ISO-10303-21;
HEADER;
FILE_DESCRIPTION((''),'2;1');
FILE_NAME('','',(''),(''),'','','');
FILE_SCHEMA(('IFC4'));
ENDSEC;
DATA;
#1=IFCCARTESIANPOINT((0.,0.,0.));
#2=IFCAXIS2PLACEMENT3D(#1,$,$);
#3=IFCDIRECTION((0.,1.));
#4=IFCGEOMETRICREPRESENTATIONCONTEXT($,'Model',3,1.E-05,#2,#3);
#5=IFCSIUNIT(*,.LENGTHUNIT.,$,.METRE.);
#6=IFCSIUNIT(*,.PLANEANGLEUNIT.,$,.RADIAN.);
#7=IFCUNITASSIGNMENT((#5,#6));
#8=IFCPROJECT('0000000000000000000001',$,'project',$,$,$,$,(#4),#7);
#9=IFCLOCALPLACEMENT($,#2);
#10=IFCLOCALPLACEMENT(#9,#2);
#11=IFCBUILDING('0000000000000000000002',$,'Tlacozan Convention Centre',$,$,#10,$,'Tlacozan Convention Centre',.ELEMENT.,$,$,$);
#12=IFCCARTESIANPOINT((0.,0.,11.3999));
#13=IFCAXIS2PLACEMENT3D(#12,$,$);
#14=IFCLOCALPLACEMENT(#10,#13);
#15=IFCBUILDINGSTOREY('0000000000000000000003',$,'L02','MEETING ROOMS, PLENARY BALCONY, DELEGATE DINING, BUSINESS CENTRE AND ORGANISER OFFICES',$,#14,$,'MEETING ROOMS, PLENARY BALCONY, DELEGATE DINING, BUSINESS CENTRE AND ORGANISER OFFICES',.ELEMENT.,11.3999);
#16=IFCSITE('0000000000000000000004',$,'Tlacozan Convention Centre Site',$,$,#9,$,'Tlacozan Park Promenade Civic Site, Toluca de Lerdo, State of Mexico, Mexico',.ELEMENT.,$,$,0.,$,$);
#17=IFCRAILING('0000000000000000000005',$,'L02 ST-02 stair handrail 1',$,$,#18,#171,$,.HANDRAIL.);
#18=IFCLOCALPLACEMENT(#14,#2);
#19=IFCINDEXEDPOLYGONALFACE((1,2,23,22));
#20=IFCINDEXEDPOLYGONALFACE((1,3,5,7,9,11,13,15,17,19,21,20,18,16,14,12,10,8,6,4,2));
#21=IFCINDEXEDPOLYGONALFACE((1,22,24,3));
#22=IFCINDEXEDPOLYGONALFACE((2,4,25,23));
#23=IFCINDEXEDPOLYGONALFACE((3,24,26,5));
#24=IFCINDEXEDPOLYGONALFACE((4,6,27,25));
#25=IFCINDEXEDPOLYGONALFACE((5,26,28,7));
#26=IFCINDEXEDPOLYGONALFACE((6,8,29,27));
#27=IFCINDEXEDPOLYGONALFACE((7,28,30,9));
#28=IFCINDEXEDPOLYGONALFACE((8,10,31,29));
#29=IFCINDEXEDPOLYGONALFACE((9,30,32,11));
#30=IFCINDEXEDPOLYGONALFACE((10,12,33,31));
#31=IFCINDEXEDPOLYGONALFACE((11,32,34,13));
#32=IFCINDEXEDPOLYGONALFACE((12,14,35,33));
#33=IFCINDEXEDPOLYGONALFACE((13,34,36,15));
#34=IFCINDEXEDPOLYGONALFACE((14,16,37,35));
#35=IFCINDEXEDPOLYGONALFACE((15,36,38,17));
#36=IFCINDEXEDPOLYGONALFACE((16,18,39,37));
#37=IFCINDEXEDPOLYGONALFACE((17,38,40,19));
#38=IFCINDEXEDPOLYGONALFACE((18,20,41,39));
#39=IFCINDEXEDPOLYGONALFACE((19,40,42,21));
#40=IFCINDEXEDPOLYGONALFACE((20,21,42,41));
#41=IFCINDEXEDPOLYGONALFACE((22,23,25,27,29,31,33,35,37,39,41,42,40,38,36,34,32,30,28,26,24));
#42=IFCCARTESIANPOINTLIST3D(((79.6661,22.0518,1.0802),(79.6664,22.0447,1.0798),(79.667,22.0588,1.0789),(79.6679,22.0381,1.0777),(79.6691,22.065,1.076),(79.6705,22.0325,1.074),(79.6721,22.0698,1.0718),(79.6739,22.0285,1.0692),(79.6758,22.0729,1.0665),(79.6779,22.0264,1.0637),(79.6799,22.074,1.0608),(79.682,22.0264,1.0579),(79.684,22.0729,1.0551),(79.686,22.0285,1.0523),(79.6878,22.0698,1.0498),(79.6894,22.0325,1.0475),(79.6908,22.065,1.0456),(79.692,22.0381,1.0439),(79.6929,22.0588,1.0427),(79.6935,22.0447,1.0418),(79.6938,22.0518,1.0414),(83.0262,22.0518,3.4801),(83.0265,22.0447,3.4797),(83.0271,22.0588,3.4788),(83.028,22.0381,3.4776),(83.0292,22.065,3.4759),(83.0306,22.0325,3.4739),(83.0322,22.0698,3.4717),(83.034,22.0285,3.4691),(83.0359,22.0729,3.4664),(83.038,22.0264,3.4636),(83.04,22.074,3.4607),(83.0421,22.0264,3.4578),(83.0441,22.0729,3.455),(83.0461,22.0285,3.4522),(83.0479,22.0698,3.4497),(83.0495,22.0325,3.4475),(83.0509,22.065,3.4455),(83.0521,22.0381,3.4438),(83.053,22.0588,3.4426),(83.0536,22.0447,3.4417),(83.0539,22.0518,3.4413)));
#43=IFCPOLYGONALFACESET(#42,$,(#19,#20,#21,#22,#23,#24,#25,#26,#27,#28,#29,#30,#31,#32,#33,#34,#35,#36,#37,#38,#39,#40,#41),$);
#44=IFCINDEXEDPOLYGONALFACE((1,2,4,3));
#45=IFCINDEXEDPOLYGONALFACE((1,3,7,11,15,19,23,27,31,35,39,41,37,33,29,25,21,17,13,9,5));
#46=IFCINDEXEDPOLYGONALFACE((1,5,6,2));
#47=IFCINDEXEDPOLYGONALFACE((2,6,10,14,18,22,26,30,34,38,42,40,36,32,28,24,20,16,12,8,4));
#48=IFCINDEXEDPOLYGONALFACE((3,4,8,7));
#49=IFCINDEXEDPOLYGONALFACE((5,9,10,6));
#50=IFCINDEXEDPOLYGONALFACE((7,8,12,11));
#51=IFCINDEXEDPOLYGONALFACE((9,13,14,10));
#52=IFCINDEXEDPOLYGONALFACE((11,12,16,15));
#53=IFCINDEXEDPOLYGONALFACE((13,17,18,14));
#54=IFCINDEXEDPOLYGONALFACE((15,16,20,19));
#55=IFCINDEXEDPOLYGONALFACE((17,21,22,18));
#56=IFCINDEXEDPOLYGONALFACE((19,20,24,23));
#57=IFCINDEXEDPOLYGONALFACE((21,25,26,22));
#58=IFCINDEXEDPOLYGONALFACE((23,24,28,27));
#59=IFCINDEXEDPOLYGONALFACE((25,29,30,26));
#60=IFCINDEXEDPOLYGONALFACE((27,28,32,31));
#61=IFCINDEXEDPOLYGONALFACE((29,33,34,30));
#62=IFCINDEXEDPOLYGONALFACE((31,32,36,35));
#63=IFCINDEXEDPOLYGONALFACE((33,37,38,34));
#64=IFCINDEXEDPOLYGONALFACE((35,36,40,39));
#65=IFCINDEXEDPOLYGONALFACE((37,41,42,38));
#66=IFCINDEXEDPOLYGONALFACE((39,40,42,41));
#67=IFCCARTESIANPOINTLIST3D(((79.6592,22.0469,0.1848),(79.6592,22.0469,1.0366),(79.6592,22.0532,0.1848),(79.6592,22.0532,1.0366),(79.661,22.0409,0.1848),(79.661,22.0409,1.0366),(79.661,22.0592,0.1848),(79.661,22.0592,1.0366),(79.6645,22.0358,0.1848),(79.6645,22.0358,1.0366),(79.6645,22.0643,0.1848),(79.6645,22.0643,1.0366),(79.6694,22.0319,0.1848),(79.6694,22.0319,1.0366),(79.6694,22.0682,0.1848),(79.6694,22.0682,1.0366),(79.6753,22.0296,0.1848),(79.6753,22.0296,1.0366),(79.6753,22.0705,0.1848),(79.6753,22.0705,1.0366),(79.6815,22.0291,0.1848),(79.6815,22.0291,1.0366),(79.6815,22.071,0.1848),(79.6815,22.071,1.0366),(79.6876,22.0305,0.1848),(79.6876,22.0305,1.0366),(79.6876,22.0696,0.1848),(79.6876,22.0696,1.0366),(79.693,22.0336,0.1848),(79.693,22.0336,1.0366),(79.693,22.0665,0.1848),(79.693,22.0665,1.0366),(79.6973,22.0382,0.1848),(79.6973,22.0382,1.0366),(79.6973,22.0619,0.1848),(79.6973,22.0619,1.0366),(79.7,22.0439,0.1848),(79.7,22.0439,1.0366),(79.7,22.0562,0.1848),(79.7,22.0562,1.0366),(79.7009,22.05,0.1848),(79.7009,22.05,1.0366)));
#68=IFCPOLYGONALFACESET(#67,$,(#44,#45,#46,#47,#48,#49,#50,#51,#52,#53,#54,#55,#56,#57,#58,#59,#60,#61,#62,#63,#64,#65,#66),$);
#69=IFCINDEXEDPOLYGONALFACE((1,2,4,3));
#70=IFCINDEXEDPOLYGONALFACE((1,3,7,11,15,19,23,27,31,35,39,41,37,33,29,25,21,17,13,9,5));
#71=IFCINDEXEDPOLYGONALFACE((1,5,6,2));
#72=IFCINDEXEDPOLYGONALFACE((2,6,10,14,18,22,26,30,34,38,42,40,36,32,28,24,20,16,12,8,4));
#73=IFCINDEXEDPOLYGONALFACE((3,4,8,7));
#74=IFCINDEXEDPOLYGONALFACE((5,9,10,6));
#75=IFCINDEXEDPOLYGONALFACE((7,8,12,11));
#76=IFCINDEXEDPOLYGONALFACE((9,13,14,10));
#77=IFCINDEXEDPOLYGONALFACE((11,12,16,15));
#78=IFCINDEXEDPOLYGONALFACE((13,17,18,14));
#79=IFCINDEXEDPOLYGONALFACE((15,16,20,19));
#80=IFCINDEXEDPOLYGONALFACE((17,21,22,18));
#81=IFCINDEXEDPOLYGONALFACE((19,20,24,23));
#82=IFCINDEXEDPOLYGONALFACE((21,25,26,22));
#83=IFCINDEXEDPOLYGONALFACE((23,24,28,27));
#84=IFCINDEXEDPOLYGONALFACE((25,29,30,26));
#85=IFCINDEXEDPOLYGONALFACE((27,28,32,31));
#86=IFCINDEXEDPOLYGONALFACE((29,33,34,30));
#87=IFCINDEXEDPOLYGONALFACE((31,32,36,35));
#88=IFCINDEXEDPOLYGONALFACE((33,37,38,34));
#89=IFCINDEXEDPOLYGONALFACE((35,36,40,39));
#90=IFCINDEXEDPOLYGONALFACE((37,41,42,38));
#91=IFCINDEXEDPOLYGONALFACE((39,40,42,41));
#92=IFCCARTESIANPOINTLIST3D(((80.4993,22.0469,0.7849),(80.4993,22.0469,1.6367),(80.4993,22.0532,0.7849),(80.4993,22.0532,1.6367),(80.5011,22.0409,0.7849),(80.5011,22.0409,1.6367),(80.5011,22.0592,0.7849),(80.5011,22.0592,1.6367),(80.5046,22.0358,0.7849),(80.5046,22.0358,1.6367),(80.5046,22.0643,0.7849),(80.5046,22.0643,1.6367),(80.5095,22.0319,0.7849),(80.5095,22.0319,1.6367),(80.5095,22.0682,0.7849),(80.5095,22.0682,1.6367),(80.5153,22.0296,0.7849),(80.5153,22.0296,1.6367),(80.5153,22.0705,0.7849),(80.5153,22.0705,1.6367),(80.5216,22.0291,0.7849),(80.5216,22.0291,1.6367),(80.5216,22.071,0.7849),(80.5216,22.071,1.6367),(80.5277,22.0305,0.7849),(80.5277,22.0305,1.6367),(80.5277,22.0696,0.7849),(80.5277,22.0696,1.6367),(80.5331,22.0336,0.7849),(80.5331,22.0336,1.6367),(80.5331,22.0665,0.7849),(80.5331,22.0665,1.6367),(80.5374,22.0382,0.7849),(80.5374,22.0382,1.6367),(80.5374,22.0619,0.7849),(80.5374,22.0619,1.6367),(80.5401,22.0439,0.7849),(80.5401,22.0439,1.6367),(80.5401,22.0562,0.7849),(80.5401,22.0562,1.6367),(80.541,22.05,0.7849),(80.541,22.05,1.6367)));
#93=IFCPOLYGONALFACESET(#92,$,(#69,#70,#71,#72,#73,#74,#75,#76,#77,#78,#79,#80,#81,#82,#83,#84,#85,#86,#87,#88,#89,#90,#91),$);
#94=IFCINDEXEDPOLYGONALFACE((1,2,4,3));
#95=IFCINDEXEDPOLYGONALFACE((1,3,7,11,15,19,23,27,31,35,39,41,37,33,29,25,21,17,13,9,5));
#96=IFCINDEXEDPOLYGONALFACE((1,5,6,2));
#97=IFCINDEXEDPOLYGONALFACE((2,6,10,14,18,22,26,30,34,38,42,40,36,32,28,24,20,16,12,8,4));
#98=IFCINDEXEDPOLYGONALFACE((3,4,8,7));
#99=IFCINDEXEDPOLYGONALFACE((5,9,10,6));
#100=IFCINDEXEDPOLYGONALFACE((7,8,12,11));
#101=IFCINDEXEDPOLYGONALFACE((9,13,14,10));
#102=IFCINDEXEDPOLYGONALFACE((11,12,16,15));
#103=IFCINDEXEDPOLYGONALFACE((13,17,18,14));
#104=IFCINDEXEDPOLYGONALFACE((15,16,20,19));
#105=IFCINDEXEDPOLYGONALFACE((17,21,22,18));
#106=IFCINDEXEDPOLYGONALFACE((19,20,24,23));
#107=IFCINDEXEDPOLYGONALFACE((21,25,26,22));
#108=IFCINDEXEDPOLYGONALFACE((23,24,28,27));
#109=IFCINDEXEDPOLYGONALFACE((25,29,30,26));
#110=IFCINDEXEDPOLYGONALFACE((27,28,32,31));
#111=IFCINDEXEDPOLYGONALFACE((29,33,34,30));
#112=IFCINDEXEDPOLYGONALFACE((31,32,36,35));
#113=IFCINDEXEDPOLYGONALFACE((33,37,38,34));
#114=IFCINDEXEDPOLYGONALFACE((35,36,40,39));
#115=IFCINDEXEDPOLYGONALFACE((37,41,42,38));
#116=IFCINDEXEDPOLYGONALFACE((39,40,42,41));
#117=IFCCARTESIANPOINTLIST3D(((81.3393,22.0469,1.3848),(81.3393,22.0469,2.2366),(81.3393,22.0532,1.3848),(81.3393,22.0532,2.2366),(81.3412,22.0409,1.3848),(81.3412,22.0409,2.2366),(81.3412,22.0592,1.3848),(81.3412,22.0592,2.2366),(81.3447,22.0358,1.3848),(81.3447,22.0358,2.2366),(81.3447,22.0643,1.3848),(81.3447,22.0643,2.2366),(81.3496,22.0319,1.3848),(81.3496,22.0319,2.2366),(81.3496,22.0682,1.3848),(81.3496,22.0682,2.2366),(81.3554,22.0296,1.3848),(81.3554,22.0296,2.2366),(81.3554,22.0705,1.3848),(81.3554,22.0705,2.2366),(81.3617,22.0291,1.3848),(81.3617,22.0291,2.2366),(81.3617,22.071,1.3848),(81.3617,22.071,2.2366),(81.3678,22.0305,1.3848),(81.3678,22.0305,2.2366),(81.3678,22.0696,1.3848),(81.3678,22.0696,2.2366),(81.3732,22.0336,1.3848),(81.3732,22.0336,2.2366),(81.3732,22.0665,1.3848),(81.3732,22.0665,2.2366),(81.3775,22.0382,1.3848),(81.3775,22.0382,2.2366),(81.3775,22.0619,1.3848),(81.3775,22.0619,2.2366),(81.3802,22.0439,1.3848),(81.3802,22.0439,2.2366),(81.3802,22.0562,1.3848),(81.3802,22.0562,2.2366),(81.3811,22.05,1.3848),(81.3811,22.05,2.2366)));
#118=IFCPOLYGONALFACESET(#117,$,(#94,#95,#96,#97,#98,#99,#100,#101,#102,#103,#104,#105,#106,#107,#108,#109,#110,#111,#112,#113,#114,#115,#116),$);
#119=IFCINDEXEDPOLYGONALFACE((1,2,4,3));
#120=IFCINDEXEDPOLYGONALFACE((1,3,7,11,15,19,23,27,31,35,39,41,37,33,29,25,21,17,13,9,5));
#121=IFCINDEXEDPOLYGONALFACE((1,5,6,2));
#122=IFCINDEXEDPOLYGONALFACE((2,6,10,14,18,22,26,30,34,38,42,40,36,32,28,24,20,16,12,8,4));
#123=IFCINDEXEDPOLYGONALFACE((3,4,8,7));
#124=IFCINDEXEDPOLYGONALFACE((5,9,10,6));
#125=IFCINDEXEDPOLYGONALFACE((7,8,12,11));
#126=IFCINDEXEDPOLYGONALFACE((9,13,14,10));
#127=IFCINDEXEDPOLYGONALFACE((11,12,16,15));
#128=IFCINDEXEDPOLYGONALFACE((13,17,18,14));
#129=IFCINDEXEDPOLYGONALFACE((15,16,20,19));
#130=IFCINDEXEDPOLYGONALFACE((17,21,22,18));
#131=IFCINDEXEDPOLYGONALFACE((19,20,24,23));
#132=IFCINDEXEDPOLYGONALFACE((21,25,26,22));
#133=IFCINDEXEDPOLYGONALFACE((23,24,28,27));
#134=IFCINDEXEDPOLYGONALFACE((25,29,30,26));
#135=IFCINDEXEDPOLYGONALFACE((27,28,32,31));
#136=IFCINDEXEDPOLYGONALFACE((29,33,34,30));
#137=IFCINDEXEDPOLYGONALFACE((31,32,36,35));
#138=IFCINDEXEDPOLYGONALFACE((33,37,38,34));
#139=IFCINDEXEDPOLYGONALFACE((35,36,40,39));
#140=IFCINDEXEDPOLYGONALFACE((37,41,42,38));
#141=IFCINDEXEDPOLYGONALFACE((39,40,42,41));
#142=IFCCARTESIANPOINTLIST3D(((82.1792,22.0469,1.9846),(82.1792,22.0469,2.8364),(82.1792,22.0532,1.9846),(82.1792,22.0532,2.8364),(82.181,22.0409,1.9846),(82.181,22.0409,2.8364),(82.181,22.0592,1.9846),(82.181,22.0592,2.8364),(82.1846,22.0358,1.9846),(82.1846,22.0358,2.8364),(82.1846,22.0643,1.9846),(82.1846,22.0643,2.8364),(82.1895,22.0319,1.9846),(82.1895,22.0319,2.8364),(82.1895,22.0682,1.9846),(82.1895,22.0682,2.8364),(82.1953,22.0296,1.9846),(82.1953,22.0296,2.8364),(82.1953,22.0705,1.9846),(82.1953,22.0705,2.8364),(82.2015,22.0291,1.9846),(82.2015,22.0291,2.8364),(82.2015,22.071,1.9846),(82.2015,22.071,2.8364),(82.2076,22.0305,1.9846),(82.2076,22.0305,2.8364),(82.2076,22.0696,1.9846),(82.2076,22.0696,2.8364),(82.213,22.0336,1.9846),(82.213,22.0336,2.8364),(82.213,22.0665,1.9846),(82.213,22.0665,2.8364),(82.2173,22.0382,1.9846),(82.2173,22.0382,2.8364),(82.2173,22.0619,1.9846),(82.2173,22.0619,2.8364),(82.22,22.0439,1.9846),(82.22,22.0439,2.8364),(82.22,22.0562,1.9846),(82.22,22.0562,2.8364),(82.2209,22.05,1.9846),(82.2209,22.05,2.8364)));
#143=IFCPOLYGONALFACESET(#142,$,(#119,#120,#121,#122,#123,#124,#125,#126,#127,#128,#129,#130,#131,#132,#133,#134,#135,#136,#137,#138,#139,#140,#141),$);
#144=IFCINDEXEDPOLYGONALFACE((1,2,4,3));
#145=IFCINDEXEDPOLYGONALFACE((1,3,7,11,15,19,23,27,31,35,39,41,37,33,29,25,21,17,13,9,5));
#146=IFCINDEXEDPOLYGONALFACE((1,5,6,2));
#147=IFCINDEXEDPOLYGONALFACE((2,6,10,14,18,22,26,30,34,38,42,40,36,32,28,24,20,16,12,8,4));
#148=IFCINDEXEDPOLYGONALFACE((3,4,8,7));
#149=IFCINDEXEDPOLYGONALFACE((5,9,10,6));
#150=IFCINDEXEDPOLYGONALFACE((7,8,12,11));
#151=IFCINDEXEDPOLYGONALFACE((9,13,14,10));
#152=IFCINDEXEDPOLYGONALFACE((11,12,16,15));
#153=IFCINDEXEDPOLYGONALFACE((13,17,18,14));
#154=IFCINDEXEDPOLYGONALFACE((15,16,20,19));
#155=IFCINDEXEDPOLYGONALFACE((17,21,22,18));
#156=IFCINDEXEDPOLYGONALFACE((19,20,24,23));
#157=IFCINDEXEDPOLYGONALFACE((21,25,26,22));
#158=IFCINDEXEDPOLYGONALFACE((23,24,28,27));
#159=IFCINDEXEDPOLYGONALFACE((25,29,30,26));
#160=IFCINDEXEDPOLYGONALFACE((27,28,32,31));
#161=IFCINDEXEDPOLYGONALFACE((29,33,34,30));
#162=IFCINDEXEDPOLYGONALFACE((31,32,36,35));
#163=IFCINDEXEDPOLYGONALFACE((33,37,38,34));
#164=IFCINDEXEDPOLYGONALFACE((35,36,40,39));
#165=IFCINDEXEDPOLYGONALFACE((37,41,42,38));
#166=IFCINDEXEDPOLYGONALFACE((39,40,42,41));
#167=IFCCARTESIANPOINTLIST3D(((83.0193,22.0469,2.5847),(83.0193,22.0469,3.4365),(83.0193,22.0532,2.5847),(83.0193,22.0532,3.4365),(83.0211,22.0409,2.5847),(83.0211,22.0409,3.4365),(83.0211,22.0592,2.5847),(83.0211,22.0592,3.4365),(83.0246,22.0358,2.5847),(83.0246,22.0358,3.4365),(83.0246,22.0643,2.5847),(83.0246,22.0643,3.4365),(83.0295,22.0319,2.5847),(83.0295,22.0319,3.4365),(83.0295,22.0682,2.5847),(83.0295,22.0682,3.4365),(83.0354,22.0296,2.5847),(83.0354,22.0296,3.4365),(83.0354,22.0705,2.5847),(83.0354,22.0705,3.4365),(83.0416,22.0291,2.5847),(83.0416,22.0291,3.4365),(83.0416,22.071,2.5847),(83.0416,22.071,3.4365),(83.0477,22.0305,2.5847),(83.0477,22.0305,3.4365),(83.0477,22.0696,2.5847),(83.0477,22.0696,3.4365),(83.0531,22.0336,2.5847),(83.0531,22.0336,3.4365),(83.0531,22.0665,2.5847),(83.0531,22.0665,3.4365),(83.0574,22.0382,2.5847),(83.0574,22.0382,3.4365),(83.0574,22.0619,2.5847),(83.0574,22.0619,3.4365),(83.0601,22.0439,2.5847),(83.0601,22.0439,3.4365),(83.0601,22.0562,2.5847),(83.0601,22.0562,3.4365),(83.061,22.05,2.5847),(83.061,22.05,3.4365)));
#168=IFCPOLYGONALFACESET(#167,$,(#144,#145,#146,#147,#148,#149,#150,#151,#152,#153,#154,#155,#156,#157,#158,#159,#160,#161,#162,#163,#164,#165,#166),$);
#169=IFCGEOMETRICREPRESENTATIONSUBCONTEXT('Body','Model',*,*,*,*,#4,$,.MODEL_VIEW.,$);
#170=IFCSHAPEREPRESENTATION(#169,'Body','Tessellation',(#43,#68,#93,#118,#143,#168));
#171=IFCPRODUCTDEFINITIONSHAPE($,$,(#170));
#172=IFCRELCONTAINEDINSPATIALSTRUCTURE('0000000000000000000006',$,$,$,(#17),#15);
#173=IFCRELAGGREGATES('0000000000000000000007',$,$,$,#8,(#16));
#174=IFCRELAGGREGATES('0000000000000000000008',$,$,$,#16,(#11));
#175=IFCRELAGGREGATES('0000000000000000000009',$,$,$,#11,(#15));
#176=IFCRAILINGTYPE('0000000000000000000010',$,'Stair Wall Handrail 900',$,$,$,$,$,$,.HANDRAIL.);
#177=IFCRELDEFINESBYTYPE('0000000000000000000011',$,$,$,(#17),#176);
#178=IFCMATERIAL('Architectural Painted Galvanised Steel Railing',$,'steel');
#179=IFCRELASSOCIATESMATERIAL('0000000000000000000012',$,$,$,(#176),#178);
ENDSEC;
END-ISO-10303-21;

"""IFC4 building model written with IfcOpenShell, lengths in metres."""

from ifc_helpers import new_model, si_unit, direction, frame, origin, origin_2d, place, context, subcontext, project, spatial, circle, extrude, material, type_object, element, save


model = new_model("IFC4")

# Units and contexts
model_context = context("Model", 3, precision=1e-05, world=origin(), true_north=direction((0.0, 1.0)))
body_context = subcontext(model_context, "Body", "Model", "MODEL_VIEW")
ifc_project = project(units=[si_unit("LENGTHUNIT", "METRE"), si_unit("PLANEANGLEUNIT", "RADIAN")], contexts=[model_context])

# Site, building, storey
site_placement = place(None, origin())
site = spatial("IfcSite", under=ifc_project, at=site_placement, Name="Tlacozan Convention Centre Site", LongName="Tlacozan Park Promenade Civic Site, Toluca de Lerdo, State of Mexico, Mexico", CompositionType="ELEMENT", RefElevation=0.0)
building_placement = place(site_placement, origin())
building = spatial("IfcBuilding", under=site, at=building_placement, Name="Tlacozan Convention Centre", LongName="Tlacozan Convention Centre", CompositionType="ELEMENT")
storey_placement = place(building_placement, frame((0.0, 0.0, 11.3999)))
storey = spatial("IfcBuildingStorey", under=building, at=storey_placement, Name="L02", Description="MEETING ROOMS, PLENARY BALCONY, DELEGATE DINING, BUSINESS CENTRE AND ORGANISER OFFICES", LongName="MEETING ROOMS, PLENARY BALCONY, DELEGATE DINING, BUSINESS CENTRE AND ORGANISER OFFICES", CompositionType="ELEMENT", Elevation=11.3999)

# Railing
ifc_material_1 = material(Name="Architectural Painted Galvanised Steel Railing", Category="steel")
railing_type_1 = type_object("IfcRailingType", Name="Stair Wall Handrail 900", PredefinedType="HANDRAIL", material=ifc_material_1)
railing_1_placement = place(storey_placement, frame((79.6799, 22.05, 0.1848)))
element("IfcRailing", 1, at=railing_1_placement, inside=storey, type_object=railing_type_1, Name="L02 ST-02 stair handrail 1", PredefinedType="HANDRAIL", context=body_context, shape_type="SweptSolid", body=[
    extrude(circle(Radius=0.0239, at=origin_2d()), frame((0.0, 0.0, 0.876), z_axis=(0.813753, 0.0, 0.58121), x_axis=(0.0, 1.0, 0.0)), (0.0, 0.0, 1.0), 4.1292),
    extrude(circle(Radius=0.021, at=origin_2d()), origin(), (0.0, 0.0, 1.0), 0.8518),
    extrude(circle(Radius=0.021, at=origin_2d()), frame((0.8401, 0.0, 0.6001)), (0.0, 0.0, 1.0), 0.8518),
    extrude(circle(Radius=0.021, at=origin_2d()), frame((1.6802, 0.0, 1.2)), (0.0, 0.0, 1.0), 0.8518),
    extrude(circle(Radius=0.021, at=origin_2d()), frame((2.52, 0.0, 1.7998)), (0.0, 0.0, 1.0), 0.8518),
    extrude(circle(Radius=0.021, at=origin_2d()), frame((3.3601, 0.0, 2.3999)), (0.0, 0.0, 1.0), 0.8518),
])

save(model, "model.ifc")
